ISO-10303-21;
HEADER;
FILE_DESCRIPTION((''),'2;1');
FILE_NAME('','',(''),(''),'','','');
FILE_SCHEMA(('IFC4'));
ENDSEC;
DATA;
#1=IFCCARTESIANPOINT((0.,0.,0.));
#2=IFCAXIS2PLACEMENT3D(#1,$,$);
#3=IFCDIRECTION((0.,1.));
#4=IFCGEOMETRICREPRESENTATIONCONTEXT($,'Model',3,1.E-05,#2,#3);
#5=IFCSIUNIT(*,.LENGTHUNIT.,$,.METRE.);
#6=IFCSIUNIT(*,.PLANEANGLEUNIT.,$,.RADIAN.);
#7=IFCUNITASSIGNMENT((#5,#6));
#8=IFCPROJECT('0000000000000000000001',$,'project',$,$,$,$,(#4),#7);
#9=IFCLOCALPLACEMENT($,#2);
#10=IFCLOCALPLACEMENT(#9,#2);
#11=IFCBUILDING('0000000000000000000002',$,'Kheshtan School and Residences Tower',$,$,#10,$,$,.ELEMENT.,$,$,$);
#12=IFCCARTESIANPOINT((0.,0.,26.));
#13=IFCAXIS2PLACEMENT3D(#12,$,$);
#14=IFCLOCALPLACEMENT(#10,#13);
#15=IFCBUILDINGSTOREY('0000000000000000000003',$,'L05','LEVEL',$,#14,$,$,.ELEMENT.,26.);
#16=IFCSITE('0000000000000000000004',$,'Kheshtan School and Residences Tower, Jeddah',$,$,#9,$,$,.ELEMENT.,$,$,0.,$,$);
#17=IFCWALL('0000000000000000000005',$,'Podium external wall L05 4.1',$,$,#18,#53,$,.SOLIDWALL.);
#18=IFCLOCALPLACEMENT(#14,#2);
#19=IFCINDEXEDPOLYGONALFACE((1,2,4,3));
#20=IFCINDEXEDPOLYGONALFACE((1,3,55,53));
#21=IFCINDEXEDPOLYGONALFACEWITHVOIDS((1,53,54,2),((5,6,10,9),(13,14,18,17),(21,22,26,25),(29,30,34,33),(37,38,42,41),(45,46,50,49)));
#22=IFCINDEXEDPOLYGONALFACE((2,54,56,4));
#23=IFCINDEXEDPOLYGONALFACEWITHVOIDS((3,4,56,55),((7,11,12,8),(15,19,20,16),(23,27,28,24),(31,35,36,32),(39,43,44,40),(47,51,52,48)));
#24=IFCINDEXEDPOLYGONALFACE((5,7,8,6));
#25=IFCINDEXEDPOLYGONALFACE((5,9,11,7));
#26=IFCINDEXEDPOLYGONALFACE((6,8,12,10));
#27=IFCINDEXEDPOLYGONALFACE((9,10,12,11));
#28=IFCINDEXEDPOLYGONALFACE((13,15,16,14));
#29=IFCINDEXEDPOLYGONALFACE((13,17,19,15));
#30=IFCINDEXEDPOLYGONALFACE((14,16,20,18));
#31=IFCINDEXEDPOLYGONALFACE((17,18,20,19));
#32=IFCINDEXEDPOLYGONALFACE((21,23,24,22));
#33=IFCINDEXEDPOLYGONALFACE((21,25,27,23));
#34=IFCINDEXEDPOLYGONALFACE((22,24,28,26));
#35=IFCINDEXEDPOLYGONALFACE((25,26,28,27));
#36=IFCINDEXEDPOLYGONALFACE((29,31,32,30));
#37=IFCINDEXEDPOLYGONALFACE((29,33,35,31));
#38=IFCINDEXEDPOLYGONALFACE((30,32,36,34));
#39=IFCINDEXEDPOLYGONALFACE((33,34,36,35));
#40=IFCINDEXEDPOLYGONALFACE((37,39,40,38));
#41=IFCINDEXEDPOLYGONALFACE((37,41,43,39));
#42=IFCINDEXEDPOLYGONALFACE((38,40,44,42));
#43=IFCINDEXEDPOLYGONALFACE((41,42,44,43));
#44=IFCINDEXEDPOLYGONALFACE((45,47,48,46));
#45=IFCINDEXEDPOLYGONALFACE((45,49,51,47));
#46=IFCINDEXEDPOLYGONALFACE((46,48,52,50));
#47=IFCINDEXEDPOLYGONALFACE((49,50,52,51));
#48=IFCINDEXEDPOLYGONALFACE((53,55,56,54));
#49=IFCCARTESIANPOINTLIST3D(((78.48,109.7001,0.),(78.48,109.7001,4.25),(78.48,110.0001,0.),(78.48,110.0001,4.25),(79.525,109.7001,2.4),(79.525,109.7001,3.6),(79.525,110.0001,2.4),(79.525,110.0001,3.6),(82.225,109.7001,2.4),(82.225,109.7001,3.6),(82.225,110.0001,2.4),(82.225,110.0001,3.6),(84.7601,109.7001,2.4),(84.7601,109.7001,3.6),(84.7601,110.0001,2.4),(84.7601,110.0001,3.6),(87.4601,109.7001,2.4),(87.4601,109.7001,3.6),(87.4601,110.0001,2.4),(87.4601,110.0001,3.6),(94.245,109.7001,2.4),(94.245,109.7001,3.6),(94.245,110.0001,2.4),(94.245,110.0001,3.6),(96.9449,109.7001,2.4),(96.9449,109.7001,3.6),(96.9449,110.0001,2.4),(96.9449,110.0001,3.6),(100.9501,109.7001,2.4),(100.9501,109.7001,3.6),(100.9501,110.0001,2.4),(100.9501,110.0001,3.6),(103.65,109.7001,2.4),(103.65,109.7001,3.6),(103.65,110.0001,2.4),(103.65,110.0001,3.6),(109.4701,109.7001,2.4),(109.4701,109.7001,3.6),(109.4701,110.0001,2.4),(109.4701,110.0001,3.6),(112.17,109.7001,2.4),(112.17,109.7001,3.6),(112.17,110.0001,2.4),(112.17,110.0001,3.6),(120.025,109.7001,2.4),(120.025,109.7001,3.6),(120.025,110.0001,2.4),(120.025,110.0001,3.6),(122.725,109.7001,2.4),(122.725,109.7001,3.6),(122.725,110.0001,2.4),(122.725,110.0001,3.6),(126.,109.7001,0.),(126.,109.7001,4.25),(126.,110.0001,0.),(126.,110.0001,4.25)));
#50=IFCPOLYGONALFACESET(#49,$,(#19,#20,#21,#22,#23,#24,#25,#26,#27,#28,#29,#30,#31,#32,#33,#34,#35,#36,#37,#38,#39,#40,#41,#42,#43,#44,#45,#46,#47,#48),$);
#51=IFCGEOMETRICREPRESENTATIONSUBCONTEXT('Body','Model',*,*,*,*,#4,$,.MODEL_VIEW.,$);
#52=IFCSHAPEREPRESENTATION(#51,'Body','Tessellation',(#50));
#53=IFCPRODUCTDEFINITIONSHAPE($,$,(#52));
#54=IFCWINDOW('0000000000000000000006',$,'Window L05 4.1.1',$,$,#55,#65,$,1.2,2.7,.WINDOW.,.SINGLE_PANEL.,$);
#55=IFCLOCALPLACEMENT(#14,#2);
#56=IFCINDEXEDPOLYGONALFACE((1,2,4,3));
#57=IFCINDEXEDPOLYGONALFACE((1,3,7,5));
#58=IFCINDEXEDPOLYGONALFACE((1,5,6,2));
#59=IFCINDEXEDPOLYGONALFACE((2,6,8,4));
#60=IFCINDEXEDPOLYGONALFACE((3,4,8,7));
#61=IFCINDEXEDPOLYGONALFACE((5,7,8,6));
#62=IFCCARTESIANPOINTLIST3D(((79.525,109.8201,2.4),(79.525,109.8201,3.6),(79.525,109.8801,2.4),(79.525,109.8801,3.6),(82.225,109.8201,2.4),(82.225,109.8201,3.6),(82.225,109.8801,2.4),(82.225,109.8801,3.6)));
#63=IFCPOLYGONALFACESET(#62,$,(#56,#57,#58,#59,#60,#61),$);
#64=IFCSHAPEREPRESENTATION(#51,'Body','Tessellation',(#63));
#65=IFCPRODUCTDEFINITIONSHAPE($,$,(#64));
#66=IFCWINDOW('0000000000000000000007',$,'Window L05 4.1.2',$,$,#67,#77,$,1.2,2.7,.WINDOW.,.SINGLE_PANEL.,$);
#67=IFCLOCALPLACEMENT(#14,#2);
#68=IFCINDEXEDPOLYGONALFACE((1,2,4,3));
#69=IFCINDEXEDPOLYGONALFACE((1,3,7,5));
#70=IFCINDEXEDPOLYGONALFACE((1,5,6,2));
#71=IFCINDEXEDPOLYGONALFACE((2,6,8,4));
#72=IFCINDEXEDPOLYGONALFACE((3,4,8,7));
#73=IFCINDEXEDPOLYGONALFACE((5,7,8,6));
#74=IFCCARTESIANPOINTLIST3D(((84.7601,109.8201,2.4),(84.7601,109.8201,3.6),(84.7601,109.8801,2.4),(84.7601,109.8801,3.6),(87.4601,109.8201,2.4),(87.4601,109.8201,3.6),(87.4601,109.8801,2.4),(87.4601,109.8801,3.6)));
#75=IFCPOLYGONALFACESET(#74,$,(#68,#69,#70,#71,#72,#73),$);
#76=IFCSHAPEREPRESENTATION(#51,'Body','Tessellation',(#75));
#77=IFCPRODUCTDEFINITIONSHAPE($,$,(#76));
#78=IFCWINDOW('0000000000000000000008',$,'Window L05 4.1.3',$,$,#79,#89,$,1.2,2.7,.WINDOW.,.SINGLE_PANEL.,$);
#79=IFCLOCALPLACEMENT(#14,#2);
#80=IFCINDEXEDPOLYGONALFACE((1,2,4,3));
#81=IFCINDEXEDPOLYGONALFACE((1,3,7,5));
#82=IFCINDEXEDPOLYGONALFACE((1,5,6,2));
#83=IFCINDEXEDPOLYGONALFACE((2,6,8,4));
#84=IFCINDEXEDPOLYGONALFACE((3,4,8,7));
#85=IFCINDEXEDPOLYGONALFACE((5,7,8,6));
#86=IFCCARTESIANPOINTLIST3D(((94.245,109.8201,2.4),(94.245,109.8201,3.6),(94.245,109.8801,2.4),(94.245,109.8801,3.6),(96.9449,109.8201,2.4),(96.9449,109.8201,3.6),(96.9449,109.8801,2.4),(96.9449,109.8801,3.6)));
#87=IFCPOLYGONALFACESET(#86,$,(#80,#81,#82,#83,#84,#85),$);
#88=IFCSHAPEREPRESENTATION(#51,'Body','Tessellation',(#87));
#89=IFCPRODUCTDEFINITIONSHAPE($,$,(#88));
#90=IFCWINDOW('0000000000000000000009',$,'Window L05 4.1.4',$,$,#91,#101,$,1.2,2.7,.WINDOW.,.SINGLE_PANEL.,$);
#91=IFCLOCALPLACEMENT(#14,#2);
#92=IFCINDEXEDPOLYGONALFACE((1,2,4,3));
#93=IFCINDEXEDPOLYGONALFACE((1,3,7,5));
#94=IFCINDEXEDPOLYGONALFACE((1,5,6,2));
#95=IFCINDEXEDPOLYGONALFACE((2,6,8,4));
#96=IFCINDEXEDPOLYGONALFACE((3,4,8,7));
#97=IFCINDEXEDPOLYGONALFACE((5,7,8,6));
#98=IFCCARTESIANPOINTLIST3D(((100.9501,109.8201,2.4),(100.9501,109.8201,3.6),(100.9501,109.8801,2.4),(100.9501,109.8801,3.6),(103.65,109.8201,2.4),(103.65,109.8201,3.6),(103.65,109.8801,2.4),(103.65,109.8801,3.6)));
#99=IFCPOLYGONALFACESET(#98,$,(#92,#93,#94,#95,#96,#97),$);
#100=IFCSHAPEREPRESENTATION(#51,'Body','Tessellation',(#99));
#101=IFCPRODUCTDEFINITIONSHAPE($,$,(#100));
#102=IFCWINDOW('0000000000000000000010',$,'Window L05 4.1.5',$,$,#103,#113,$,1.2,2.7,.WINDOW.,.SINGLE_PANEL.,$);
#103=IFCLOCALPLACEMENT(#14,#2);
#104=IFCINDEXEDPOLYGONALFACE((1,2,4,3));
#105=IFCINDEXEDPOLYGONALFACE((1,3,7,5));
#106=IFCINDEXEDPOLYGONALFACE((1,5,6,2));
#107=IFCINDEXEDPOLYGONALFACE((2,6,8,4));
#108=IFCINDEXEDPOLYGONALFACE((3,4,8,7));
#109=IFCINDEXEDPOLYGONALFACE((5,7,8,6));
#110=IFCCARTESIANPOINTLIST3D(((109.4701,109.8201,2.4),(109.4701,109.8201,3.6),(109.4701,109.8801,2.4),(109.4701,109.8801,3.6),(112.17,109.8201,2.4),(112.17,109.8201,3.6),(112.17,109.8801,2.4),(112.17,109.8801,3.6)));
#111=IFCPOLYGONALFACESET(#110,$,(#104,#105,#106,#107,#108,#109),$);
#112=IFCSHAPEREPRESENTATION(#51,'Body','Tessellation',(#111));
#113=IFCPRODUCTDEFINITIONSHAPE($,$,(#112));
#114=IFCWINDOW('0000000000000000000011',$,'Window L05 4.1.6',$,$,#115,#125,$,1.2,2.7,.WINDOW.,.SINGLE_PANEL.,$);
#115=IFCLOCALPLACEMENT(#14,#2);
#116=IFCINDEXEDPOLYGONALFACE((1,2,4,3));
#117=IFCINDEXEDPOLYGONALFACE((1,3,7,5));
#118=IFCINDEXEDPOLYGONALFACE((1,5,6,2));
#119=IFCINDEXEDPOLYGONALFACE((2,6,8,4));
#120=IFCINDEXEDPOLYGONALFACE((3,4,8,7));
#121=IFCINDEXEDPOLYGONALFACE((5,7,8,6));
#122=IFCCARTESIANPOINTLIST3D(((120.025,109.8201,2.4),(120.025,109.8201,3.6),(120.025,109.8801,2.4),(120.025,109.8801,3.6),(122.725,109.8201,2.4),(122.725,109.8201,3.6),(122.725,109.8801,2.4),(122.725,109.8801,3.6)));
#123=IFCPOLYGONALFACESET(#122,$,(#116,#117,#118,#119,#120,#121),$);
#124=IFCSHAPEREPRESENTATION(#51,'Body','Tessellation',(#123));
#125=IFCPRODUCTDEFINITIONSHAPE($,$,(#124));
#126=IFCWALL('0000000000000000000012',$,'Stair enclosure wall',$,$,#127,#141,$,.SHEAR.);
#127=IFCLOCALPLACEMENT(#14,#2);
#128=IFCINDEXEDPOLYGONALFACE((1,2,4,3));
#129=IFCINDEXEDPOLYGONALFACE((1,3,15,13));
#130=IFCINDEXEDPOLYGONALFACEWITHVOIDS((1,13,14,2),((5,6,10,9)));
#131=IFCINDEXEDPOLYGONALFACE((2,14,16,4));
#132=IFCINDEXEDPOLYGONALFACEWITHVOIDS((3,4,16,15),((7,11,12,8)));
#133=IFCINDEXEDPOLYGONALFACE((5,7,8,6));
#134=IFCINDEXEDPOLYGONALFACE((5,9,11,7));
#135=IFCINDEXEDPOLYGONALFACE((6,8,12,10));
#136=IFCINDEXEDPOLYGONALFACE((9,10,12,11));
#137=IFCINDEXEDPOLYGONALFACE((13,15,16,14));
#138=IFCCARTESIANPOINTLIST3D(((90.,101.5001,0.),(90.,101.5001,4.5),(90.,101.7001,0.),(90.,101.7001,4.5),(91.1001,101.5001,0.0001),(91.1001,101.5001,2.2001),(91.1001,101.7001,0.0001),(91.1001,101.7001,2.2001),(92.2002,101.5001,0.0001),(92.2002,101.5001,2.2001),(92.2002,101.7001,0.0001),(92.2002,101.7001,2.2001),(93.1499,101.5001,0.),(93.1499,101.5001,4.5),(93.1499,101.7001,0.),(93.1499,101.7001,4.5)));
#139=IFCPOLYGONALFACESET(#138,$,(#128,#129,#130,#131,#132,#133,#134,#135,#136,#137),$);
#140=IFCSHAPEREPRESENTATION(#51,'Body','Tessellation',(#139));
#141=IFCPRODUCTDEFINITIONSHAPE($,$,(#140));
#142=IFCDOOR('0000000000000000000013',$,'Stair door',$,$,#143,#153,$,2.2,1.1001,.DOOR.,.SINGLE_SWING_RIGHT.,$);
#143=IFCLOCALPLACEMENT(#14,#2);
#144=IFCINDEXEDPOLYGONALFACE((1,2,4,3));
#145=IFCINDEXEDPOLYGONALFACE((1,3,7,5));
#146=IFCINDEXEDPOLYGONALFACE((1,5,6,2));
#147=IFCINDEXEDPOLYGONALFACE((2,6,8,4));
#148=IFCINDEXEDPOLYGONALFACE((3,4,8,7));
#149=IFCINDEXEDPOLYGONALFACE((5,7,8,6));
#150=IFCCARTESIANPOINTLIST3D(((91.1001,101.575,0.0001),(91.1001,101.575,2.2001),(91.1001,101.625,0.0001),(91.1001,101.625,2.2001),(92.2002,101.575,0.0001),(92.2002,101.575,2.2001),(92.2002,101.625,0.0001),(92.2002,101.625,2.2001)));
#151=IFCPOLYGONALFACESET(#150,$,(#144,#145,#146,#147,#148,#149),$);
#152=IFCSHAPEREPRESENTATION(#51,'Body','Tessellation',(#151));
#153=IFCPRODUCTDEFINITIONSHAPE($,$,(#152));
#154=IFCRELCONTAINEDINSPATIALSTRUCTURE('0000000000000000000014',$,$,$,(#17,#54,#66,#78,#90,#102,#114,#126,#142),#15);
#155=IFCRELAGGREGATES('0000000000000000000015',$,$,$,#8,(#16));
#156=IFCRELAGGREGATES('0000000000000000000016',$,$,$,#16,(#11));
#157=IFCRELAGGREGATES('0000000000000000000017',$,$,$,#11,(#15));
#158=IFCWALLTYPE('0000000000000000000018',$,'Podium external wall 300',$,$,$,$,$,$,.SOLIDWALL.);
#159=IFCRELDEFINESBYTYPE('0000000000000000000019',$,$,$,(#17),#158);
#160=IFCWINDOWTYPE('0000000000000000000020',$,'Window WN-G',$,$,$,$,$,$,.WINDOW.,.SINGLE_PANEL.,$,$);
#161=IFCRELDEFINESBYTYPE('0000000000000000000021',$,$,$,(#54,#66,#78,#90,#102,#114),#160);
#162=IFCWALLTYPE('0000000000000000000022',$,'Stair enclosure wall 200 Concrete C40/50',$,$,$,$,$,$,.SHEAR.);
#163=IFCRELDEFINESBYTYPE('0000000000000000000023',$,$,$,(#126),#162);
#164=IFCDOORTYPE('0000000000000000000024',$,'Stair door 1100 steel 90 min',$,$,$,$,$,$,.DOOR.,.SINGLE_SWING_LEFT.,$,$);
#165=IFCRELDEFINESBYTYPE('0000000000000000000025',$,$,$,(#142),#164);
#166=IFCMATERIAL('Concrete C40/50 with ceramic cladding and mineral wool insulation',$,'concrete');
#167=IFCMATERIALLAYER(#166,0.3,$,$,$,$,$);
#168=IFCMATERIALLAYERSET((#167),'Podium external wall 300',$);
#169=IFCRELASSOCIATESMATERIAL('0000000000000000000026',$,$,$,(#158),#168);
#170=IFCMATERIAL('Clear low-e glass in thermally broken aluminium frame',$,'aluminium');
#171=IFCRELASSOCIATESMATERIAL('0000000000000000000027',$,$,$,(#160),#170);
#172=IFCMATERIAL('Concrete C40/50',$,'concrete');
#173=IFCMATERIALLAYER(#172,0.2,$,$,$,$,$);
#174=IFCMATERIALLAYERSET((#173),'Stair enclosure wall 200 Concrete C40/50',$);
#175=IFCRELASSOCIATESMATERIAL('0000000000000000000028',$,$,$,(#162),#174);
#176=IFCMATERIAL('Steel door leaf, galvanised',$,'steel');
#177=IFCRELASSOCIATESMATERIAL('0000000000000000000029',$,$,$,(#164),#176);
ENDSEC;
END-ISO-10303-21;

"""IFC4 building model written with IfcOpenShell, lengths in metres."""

from ifc_helpers import new_model, si_unit, direction, frame, frame_2d, origin, place, context, subcontext, project, spatial, rectangle, extrude, source, transform, mapped, material, layer, layer_set, type_object, element, fill, save


model = new_model("IFC4")

# Units and contexts
model_context = context("Model", 3, precision=1e-05, world=origin(), true_north=direction((0.0, 1.0)))
body_context = subcontext(model_context, "Body", "Model", "MODEL_VIEW")
ifc_project = project(units=[si_unit("LENGTHUNIT", "METRE"), si_unit("PLANEANGLEUNIT", "RADIAN")], contexts=[model_context])

# Site, building, storey
site_placement = place(None, origin())
site = spatial("IfcSite", under=ifc_project, at=site_placement, Name="Kheshtan School and Residences Tower, Jeddah", CompositionType="ELEMENT", RefElevation=0.0)
building_placement = place(site_placement, origin())
building = spatial("IfcBuilding", under=site, at=building_placement, Name="Kheshtan School and Residences Tower", CompositionType="ELEMENT")
storey_placement = place(building_placement, frame((0.0, 0.0, 26.0)))
storey = spatial("IfcBuildingStorey", under=building, at=storey_placement, Name="L05", Description="LEVEL", CompositionType="ELEMENT", Elevation=26.0)

# Shared definitions
ifc_material_1 = material(Name="Clear low-e glass in thermally broken aluminium frame", Category="aluminium")

# Wall, openings, windows
ifc_material_2 = material(Name="Concrete C40/50 with ceramic cladding and mineral wool insulation", Category="concrete")
ifc_layer_1 = layer(ifc_material_2, 0.3)
ifc_layer_set_1 = layer_set([ifc_layer_1], Name="Podium external wall 300")
wall_type_1 = type_object("IfcWallType", Name="Podium external wall 300", PredefinedType="SOLIDWALL", material=ifc_layer_set_1)
wall_1_placement = place(storey_placement, frame((78.48, 109.8501, 0.0), z_axis=(0.0, 0.0, 1.0), x_axis=(1.0, 0.0, 0.0)))
wall_1 = element("IfcWall", 1, at=wall_1_placement, inside=storey, type_object=wall_type_1, Name="Podium external wall L05 4.1", PredefinedType="SOLIDWALL", context=body_context, shape_type="SweptSolid", body=[
    extrude(rectangle(XDim=47.52, YDim=0.3, at=frame_2d((23.76, 0.0))), origin(), (0.0, 0.0, 1.0), 4.25),
])
opening_1_placement = place(wall_1_placement, frame((1.0449, 0.0, 2.3999)))
opening_1 = element("IfcOpeningElement", 2, at=opening_1_placement, cuts=wall_1, PredefinedType="OPENING", context=body_context, shape_type="SweptSolid", body=[
    extrude(rectangle(XDim=2.7, YDim=1.2, at=frame_2d((1.3501, 0.6001))), frame((0.0, 0.1602, 0.0), z_axis=(0.0, -1.0, 0.0), x_axis=(1.0, 0.0, 0.0)), (0.0, 0.0, 1.0), 0.3201),
])
opening_2_placement = place(wall_1_placement, frame((6.28, 0.0, 2.3999)))
opening_2 = element("IfcOpeningElement", 3, at=opening_2_placement, cuts=wall_1, PredefinedType="OPENING", context=body_context, shape_type="SweptSolid", body=[
    extrude(rectangle(XDim=2.7, YDim=1.2, at=frame_2d((1.3501, 0.6001))), frame((0.0, 0.1602, 0.0), z_axis=(0.0, -1.0, 0.0), x_axis=(1.0, 0.0, 0.0)), (0.0, 0.0, 1.0), 0.3201),
])
opening_3_placement = place(wall_1_placement, frame((15.7649, 0.0, 2.3999)))
opening_3 = element("IfcOpeningElement", 4, at=opening_3_placement, cuts=wall_1, PredefinedType="OPENING", context=body_context, shape_type="SweptSolid", body=[
    extrude(rectangle(XDim=2.7, YDim=1.2, at=frame_2d((1.3501, 0.6001))), frame((0.0, 0.1602, 0.0), z_axis=(0.0, -1.0, 0.0), x_axis=(1.0, 0.0, 0.0)), (0.0, 0.0, 1.0), 0.3201),
])
opening_4_placement = place(wall_1_placement, frame((22.47, 0.0, 2.3999)))
opening_4 = element("IfcOpeningElement", 5, at=opening_4_placement, cuts=wall_1, PredefinedType="OPENING", context=body_context, shape_type="SweptSolid", body=[
    extrude(rectangle(XDim=2.7, YDim=1.2, at=frame_2d((1.3501, 0.6001))), frame((0.0, 0.1602, 0.0), z_axis=(0.0, -1.0, 0.0), x_axis=(1.0, 0.0, 0.0)), (0.0, 0.0, 1.0), 0.3201),
])
opening_5_placement = place(wall_1_placement, frame((30.99, 0.0, 2.3999)))
opening_5 = element("IfcOpeningElement", 6, at=opening_5_placement, cuts=wall_1, PredefinedType="OPENING", context=body_context, shape_type="SweptSolid", body=[
    extrude(rectangle(XDim=2.7, YDim=1.2, at=frame_2d((1.3501, 0.6001))), frame((0.0, 0.1602, 0.0), z_axis=(0.0, -1.0, 0.0), x_axis=(1.0, 0.0, 0.0)), (0.0, 0.0, 1.0), 0.3201),
])
opening_6_placement = place(wall_1_placement, frame((41.5449, 0.0, 2.3999)))
opening_6 = element("IfcOpeningElement", 7, at=opening_6_placement, cuts=wall_1, PredefinedType="OPENING", context=body_context, shape_type="SweptSolid", body=[
    extrude(rectangle(XDim=2.7, YDim=1.2, at=frame_2d((1.3501, 0.6001))), frame((0.0, 0.1602, 0.0), z_axis=(0.0, -1.0, 0.0), x_axis=(1.0, 0.0, 0.0)), (0.0, 0.0, 1.0), 0.3201),
])
window_type = type_object("IfcWindowType", Name="Window WN-G", PartitioningType="SINGLE_PANEL", PredefinedType="WINDOW", material=ifc_material_1)
shared_shape_1 = source(origin(), body_context, "Body", "SweptSolid", [
    extrude(rectangle(XDim=2.7, YDim=1.2, at=frame_2d((1.3501, 0.6001))), frame((0.0, 0.03, 0.0), z_axis=(0.0, -1.0, 0.0), x_axis=(1.0, 0.0, 0.0)), (0.0, 0.0, 1.0), 0.0601),
])
window_1_placement = place(opening_1_placement, origin())
window_1 = element("IfcWindow", 8, at=window_1_placement, inside=storey, type_object=window_type, Name="Window L05 4.1.1", OverallHeight=1.2, OverallWidth=2.7, PartitioningType="SINGLE_PANEL", PredefinedType="WINDOW", context=body_context, shape_type="MappedRepresentation", body=[
    mapped(shared_shape_1, transform((0.0, 0.0, 0.0), x_axis=(1.0, 0.0, 0.0), y_axis=(0.0, 1.0, 0.0), z_axis=(0.0, 0.0, 1.0), scale=1.0)),
])
fill(opening_1, window_1)
window_2_placement = place(opening_2_placement, origin())
window_2 = element("IfcWindow", 9, at=window_2_placement, inside=storey, type_object=window_type, Name="Window L05 4.1.2", OverallHeight=1.2, OverallWidth=2.7, PartitioningType="SINGLE_PANEL", PredefinedType="WINDOW", context=body_context, shape_type="MappedRepresentation", body=[
    mapped(shared_shape_1, transform((0.0, 0.0, 0.0), x_axis=(1.0, 0.0, 0.0), y_axis=(0.0, 1.0, 0.0), z_axis=(0.0, 0.0, 1.0), scale=1.0)),
])
fill(opening_2, window_2)
window_3_placement = place(opening_3_placement, origin())
window_3 = element("IfcWindow", 10, at=window_3_placement, inside=storey, type_object=window_type, Name="Window L05 4.1.3", OverallHeight=1.2, OverallWidth=2.7, PartitioningType="SINGLE_PANEL", PredefinedType="WINDOW", context=body_context, shape_type="MappedRepresentation", body=[
    mapped(shared_shape_1, transform((0.0, 0.0, 0.0), x_axis=(1.0, 0.0, 0.0), y_axis=(0.0, 1.0, 0.0), z_axis=(0.0, 0.0, 1.0), scale=1.0)),
])
fill(opening_3, window_3)
window_4_placement = place(opening_4_placement, origin())
window_4 = element("IfcWindow", 11, at=window_4_placement, inside=storey, type_object=window_type, Name="Window L05 4.1.4", OverallHeight=1.2, OverallWidth=2.7, PartitioningType="SINGLE_PANEL", PredefinedType="WINDOW", context=body_context, shape_type="MappedRepresentation", body=[
    mapped(shared_shape_1, transform((0.0, 0.0, 0.0), x_axis=(1.0, 0.0, 0.0), y_axis=(0.0, 1.0, 0.0), z_axis=(0.0, 0.0, 1.0), scale=1.0)),
])
fill(opening_4, window_4)
window_5_placement = place(opening_5_placement, origin())
window_5 = element("IfcWindow", 12, at=window_5_placement, inside=storey, type_object=window_type, Name="Window L05 4.1.5", OverallHeight=1.2, OverallWidth=2.7, PartitioningType="SINGLE_PANEL", PredefinedType="WINDOW", context=body_context, shape_type="MappedRepresentation", body=[
    mapped(shared_shape_1, transform((0.0, 0.0, 0.0), x_axis=(1.0, 0.0, 0.0), y_axis=(0.0, 1.0, 0.0), z_axis=(0.0, 0.0, 1.0), scale=1.0)),
])
fill(opening_5, window_5)
window_6_placement = place(opening_6_placement, origin())
window_6 = element("IfcWindow", 13, at=window_6_placement, inside=storey, type_object=window_type, Name="Window L05 4.1.6", OverallHeight=1.2, OverallWidth=2.7, PartitioningType="SINGLE_PANEL", PredefinedType="WINDOW", context=body_context, shape_type="MappedRepresentation", body=[
    mapped(shared_shape_1, transform((0.0, 0.0, 0.0), x_axis=(1.0, 0.0, 0.0), y_axis=(0.0, 1.0, 0.0), z_axis=(0.0, 0.0, 1.0), scale=1.0)),
])
fill(opening_6, window_6)

# Wall, opening, door
ifc_material_3 = material(Name="Concrete C40/50", Category="concrete")
ifc_layer_2 = layer(ifc_material_3, 0.2)
ifc_layer_set_2 = layer_set([ifc_layer_2], Name="Stair enclosure wall 200 Concrete C40/50")
wall_type_2 = type_object("IfcWallType", Name="Stair enclosure wall 200 Concrete C40/50", PredefinedType="SHEAR", material=ifc_layer_set_2)
wall_2_placement = place(storey_placement, frame((90.0, 101.6001, 0.0), z_axis=(0.0, 0.0, 1.0), x_axis=(1.0, 0.0, 0.0)))
wall_2 = element("IfcWall", 14, at=wall_2_placement, inside=storey, type_object=wall_type_2, Name="Stair enclosure wall", PredefinedType="SHEAR", context=body_context, shape_type="SweptSolid", body=[
    extrude(rectangle(XDim=3.1499, YDim=0.2, at=frame_2d((1.575, 0.0))), origin(), (0.0, 0.0, 1.0), 4.5),
])
opening_7_placement = place(wall_2_placement, frame((1.1001, 0.0, 0.0)))
opening_7 = element("IfcOpeningElement", 15, at=opening_7_placement, cuts=wall_2, PredefinedType="OPENING", context=body_context, shape_type="SweptSolid", body=[
    extrude(rectangle(XDim=1.1001, YDim=2.2, at=frame_2d((0.55, 1.1001))), frame((0.0, 0.1099, 0.0), z_axis=(0.0, -1.0, 0.0), x_axis=(1.0, 0.0, 0.0)), (0.0, 0.0, 1.0), 0.22),
])
ifc_material_4 = material(Name="Steel door leaf, galvanised", Category="steel")
door_type = type_object("IfcDoorType", Name="Stair door 1100 steel 90 min", OperationType="SINGLE_SWING_LEFT", PredefinedType="DOOR", material=ifc_material_4)
shared_shape_2 = source(origin(), body_context, "Body", "SweptSolid", [
    extrude(rectangle(XDim=1.1001, YDim=2.2, at=frame_2d((0.55, 1.1001))), frame((0.0, 0.0249, 0.0), z_axis=(0.0, -1.0, 0.0), x_axis=(1.0, 0.0, 0.0)), (0.0, 0.0, 1.0), 0.05),
])
door_placement = place(opening_7_placement, origin())
door = element("IfcDoor", 16, at=door_placement, inside=storey, type_object=door_type, Name="Stair door", OperationType="SINGLE_SWING_RIGHT", OverallHeight=2.2, OverallWidth=1.1001, PredefinedType="DOOR", context=body_context, shape_type="MappedRepresentation", body=[
    mapped(shared_shape_2, transform((0.0, 0.0, 0.0), x_axis=(1.0, 0.0, 0.0), y_axis=(0.0, 1.0, 0.0), z_axis=(0.0, 0.0, 1.0), scale=1.0)),
])
fill(opening_7, door)

save(model, "model.ifc")
